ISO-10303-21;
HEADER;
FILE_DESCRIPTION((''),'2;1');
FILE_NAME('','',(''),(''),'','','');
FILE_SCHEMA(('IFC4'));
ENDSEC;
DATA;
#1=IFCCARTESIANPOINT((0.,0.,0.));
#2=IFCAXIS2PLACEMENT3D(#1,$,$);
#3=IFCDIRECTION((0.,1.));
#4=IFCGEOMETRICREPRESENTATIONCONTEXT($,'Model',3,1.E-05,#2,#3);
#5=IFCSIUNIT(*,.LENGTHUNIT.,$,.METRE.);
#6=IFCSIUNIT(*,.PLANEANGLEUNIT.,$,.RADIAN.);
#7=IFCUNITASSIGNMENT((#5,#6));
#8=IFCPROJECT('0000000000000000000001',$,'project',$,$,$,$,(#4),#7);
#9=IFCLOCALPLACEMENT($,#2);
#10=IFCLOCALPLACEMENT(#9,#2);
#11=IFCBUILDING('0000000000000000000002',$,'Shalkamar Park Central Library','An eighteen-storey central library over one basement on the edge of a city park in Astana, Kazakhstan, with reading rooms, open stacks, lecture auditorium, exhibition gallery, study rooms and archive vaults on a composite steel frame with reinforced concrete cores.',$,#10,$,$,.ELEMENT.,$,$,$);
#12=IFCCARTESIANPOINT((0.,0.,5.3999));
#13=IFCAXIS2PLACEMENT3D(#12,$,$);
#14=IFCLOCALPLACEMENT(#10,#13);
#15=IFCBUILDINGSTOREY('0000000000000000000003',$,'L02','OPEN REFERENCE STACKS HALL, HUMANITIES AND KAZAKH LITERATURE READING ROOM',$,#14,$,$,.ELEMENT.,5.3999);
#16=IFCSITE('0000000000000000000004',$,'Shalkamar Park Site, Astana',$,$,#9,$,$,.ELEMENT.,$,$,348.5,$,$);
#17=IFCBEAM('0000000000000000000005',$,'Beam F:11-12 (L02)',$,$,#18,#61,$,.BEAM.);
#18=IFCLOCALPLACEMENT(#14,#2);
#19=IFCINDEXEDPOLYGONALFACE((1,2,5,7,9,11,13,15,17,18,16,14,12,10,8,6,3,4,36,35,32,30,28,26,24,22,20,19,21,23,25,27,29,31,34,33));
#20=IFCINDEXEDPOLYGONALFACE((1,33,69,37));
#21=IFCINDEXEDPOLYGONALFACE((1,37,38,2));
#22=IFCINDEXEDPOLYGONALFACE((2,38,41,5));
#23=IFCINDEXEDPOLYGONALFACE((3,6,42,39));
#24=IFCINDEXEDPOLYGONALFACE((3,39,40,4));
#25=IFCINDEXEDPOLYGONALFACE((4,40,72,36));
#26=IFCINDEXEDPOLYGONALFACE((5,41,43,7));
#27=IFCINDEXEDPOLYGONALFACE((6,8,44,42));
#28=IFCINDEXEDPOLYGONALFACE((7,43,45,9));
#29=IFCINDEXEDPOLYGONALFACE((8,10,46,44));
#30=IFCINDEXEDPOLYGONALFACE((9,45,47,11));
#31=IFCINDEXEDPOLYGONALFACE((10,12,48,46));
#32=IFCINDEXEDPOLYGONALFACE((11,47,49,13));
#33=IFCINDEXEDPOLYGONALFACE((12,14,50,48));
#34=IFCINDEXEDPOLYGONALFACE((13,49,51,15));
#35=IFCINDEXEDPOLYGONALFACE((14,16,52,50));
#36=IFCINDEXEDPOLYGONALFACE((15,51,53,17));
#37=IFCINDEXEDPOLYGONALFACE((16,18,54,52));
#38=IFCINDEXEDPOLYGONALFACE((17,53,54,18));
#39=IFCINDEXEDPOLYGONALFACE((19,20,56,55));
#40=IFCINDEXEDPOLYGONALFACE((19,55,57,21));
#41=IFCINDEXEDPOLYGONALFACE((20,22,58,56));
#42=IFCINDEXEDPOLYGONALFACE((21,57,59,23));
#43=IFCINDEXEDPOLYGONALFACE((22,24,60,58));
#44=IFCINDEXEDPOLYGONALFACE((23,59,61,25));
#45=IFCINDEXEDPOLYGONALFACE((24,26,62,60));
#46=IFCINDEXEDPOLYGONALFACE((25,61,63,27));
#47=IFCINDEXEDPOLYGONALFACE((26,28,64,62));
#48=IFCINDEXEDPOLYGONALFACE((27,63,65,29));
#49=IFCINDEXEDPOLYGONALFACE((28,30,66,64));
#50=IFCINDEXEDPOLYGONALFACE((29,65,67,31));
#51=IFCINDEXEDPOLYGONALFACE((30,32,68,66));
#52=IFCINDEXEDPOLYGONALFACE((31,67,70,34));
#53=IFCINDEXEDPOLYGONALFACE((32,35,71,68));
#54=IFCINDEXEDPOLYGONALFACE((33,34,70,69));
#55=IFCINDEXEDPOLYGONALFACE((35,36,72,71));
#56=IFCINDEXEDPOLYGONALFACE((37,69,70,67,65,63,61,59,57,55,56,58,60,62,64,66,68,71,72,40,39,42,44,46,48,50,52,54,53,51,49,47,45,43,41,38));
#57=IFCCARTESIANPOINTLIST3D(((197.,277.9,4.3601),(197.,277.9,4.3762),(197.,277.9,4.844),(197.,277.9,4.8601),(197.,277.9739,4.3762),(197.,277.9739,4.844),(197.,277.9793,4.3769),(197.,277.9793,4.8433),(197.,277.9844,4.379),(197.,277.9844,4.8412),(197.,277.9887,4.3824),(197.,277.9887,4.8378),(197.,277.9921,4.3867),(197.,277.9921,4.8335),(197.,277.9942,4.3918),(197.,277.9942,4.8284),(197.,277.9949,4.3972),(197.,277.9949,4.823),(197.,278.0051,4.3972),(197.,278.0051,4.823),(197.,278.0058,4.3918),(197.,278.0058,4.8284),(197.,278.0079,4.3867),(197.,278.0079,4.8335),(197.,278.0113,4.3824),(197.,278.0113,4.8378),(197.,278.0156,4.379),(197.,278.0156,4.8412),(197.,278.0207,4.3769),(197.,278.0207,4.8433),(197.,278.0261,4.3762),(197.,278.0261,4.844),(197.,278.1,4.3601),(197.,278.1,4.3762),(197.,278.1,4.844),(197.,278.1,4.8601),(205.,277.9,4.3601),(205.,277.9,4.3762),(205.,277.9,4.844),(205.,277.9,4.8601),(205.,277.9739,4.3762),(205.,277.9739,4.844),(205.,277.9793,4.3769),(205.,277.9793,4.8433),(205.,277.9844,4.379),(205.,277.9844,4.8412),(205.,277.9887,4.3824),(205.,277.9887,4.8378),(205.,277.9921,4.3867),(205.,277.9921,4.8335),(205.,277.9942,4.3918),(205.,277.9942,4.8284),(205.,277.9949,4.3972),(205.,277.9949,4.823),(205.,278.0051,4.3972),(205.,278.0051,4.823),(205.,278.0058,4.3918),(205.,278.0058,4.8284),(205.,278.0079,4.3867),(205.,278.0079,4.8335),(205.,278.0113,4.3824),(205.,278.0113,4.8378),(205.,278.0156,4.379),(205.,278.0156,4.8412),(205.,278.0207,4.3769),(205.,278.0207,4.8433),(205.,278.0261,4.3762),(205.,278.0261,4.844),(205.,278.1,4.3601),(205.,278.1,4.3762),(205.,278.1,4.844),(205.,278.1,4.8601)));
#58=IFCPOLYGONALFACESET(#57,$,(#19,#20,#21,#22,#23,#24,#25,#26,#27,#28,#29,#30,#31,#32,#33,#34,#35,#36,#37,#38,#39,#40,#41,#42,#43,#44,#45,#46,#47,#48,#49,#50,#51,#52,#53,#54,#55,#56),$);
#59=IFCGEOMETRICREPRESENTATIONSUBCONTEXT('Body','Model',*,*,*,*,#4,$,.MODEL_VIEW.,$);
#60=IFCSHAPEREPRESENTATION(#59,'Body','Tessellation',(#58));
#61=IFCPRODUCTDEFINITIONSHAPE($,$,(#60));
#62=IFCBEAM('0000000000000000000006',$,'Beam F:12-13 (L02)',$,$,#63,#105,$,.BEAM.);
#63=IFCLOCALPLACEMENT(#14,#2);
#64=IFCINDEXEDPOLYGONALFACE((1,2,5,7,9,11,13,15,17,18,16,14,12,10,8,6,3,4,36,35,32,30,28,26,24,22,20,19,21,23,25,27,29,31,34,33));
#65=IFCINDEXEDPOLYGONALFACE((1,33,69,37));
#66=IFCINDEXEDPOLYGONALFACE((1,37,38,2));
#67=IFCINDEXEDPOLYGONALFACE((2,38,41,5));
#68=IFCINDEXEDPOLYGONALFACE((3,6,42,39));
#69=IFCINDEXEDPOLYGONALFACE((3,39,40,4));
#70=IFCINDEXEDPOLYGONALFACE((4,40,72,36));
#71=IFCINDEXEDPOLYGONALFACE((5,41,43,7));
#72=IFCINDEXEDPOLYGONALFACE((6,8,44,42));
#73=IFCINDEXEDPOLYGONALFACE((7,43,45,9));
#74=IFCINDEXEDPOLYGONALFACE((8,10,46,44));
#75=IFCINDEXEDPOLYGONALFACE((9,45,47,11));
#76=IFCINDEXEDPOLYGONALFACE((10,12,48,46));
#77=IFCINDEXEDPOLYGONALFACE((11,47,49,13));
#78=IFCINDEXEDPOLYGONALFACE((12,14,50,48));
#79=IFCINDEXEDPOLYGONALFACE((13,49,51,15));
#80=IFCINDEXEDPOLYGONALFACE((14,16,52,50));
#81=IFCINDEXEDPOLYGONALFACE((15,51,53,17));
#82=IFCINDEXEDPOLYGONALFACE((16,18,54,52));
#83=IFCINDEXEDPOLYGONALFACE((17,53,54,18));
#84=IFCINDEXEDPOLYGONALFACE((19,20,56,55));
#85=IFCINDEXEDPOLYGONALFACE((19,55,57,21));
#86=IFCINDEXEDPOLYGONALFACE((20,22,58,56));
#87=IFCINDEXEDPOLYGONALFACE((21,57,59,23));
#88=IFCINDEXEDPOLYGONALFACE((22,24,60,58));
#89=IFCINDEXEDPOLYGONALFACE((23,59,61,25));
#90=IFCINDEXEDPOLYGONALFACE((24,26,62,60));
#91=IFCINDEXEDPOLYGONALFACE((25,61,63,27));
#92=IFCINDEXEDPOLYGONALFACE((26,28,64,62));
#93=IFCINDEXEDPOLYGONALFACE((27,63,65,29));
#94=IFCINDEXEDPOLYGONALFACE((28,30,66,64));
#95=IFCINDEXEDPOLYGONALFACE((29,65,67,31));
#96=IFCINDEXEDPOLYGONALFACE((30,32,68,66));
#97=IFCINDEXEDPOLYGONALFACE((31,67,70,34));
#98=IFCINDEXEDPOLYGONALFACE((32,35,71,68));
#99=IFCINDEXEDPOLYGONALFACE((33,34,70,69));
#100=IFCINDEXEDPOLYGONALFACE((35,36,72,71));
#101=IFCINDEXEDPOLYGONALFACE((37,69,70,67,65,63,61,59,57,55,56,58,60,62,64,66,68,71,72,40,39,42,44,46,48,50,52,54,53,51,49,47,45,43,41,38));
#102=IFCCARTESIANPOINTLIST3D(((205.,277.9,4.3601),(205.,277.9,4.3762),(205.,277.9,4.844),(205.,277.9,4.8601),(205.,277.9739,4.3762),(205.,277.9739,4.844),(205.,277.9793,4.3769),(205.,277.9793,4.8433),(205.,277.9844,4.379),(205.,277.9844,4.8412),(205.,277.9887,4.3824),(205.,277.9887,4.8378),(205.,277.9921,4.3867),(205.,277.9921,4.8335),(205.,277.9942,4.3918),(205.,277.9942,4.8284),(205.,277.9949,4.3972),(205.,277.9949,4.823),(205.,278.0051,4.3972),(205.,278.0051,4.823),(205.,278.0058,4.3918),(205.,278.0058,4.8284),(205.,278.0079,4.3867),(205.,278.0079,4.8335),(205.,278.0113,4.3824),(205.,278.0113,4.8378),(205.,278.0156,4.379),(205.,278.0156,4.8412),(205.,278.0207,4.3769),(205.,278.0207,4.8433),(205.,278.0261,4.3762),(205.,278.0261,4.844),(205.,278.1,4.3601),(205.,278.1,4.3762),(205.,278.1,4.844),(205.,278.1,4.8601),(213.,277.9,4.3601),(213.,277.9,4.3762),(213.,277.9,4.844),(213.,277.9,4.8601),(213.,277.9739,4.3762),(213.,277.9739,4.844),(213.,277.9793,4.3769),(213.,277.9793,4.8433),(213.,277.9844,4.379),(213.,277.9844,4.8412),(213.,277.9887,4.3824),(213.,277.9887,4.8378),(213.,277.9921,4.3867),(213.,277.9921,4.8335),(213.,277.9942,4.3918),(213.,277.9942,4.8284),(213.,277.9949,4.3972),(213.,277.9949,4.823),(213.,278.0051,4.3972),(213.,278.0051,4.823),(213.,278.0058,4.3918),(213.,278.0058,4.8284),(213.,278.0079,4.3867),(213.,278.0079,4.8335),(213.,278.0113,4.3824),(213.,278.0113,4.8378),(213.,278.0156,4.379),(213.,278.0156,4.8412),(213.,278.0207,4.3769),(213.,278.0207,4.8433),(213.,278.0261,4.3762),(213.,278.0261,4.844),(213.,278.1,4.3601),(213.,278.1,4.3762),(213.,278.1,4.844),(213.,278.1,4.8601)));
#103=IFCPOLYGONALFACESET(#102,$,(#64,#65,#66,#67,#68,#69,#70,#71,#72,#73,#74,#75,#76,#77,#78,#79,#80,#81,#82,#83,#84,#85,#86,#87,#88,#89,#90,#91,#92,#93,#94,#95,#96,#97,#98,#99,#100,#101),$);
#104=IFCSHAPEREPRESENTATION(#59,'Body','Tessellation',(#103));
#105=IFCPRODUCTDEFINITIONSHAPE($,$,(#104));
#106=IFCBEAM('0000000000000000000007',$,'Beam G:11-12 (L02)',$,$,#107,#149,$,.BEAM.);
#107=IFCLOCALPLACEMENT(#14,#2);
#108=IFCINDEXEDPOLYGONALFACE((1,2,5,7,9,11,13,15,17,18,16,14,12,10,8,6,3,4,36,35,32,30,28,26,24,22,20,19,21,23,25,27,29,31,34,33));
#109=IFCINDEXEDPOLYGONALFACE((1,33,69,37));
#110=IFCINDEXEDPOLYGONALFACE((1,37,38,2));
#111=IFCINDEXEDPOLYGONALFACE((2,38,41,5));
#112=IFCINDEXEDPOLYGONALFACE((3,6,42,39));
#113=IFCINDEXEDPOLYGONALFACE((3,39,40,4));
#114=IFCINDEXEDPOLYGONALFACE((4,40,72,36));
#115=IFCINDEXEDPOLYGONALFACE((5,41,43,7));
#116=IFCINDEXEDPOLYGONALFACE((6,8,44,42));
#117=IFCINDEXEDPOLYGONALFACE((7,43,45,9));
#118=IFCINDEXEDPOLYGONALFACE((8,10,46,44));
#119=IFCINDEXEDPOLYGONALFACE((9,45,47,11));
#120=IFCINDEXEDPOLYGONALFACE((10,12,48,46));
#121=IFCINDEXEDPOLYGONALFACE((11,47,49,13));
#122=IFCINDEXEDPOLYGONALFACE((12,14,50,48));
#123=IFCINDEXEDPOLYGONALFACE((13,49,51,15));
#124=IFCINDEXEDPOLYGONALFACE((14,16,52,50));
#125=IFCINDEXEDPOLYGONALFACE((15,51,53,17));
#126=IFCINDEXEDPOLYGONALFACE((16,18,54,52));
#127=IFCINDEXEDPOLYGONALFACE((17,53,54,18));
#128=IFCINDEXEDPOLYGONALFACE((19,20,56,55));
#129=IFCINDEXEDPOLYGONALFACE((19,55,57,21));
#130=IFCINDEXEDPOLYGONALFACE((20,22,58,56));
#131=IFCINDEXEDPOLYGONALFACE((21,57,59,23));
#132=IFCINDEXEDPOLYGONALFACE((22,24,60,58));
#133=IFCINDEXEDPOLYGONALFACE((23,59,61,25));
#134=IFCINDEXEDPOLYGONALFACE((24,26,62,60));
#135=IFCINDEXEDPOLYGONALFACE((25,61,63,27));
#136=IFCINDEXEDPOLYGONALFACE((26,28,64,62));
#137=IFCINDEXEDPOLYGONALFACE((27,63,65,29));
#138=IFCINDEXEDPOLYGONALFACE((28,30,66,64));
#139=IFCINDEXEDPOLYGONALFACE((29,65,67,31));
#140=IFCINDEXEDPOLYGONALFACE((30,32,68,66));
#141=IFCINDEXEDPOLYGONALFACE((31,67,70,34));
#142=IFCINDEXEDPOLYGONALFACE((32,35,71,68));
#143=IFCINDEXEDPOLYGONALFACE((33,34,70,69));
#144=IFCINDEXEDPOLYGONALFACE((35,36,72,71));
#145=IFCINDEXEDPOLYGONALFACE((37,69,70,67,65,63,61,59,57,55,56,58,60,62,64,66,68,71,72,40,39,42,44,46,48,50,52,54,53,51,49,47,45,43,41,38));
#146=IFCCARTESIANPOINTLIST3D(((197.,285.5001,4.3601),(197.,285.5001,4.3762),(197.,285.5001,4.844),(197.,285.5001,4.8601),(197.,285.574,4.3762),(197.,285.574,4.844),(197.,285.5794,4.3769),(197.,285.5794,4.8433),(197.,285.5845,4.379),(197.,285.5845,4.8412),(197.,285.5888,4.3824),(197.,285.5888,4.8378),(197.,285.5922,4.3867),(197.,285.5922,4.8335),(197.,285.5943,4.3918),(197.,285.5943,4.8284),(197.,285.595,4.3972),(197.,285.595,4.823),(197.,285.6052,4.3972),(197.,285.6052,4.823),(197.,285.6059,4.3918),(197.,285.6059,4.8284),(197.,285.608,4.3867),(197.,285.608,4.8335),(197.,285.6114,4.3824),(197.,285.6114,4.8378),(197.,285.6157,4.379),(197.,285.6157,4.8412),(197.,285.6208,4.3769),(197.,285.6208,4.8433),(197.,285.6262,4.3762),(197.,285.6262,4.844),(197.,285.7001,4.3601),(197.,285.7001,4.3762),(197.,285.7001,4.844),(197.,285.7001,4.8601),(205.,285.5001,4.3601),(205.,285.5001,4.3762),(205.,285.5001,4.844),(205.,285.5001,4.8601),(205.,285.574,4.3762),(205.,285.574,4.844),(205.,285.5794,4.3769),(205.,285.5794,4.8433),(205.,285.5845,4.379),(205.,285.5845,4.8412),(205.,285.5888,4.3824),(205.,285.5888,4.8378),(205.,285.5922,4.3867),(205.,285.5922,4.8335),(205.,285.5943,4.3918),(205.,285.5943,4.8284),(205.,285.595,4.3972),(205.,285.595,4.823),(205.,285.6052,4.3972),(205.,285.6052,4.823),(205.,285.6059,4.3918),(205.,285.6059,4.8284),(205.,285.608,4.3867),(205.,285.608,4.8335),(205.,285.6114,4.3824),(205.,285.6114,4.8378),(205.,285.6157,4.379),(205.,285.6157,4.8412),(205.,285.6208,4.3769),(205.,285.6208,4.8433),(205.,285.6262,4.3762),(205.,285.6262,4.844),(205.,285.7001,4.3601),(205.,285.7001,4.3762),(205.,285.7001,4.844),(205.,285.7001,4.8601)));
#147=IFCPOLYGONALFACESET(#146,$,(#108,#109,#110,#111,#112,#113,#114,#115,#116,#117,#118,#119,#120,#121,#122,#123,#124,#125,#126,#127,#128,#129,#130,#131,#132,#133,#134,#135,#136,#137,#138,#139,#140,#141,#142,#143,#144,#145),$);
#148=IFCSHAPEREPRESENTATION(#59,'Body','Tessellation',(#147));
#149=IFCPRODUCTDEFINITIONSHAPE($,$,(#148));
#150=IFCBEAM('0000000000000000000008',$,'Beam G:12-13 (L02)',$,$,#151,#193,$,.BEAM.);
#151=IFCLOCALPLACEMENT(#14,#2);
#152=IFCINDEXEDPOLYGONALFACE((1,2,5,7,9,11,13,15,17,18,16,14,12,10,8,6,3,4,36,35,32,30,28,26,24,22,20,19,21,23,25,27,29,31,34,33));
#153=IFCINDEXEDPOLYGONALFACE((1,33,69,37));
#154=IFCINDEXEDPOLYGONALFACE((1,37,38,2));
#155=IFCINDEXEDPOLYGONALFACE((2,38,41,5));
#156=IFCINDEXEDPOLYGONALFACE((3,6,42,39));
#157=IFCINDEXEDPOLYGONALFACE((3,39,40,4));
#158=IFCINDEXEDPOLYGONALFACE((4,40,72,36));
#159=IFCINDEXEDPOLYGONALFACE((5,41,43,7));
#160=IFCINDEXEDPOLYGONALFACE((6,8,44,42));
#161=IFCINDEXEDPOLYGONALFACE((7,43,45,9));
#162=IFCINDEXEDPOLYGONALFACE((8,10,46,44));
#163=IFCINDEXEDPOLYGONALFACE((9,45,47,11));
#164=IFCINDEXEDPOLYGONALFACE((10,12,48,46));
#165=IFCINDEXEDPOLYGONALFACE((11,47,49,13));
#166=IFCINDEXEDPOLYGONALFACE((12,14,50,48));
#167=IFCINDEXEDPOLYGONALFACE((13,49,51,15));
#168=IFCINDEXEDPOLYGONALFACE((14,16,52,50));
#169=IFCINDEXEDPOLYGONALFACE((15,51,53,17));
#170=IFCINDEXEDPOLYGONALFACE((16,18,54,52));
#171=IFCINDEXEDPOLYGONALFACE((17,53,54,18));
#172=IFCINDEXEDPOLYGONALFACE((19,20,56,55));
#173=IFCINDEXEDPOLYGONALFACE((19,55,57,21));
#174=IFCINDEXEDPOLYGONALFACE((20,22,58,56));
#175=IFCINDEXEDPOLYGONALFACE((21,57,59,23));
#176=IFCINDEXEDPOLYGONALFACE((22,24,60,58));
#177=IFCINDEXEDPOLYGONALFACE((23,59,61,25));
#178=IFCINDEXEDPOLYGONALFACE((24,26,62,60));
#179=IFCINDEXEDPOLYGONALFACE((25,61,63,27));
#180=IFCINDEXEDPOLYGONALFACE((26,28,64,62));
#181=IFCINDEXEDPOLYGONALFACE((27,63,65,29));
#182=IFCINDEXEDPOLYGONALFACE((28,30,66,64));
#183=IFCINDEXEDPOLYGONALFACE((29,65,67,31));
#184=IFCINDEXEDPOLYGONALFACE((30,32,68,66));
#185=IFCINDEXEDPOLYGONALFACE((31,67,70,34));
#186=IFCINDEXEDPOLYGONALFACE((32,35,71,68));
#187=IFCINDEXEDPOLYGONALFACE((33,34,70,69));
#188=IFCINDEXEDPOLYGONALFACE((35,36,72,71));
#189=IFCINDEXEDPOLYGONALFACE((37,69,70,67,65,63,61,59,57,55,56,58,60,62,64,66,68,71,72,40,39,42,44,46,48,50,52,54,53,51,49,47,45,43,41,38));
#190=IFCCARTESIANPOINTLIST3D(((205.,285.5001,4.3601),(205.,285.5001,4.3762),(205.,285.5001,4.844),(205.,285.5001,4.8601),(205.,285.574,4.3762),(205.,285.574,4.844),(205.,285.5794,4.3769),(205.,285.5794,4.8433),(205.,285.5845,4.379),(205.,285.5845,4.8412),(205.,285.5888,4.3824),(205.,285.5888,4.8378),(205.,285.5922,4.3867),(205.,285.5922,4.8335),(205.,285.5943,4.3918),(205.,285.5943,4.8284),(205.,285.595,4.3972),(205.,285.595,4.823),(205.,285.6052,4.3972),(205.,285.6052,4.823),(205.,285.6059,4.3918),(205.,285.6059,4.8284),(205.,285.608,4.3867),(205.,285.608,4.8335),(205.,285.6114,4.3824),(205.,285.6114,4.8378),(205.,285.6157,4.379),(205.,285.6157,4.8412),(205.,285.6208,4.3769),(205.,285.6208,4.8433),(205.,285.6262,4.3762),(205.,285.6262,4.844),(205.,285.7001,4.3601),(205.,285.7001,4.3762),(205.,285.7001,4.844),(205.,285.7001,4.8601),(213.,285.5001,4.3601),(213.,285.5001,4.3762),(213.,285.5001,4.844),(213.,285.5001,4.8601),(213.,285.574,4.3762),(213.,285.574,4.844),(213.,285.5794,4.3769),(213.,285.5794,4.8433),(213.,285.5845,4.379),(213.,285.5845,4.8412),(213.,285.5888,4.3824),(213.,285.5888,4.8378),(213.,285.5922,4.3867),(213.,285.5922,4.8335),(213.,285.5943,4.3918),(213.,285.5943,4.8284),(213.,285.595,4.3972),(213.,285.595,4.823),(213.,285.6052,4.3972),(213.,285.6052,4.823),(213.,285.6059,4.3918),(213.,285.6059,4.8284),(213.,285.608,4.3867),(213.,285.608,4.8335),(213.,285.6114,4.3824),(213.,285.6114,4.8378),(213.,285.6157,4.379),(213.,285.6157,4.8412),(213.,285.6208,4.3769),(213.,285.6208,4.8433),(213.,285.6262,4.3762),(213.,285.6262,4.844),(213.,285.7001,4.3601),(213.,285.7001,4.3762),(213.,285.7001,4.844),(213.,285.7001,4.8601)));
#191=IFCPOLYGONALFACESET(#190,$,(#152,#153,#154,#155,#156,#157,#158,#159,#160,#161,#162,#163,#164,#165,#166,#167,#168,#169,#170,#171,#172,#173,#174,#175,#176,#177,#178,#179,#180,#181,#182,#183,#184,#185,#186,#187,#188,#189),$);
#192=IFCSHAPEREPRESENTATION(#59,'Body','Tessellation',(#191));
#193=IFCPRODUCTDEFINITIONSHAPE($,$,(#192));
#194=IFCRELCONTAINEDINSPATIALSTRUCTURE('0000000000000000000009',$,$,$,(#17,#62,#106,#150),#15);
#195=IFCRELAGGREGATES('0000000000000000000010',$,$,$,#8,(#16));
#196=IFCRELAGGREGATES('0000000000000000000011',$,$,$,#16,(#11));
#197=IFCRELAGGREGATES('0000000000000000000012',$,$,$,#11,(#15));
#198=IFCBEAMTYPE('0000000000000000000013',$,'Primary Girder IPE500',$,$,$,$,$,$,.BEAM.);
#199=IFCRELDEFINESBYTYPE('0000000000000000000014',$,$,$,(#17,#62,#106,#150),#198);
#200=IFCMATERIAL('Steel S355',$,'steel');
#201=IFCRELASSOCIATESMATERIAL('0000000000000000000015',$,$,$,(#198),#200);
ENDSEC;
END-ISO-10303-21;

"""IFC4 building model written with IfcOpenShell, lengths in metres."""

from ifc_helpers import new_model, si_unit, direction, frame, origin, origin_2d, place, context, subcontext, project, spatial, i_section, extrude, material, material_profile, profile_set, type_object, element, save


model = new_model("IFC4")

# Units and contexts
model_context = context("Model", 3, precision=1e-05, world=origin(), true_north=direction((0.0, 1.0)))
body_context = subcontext(model_context, "Body", "Model", "MODEL_VIEW")
ifc_project = project(units=[si_unit("LENGTHUNIT", "METRE"), si_unit("PLANEANGLEUNIT", "RADIAN")], contexts=[model_context])

# Site, building, storey
site_placement = place(None, origin())
site = spatial("IfcSite", under=ifc_project, at=site_placement, Name="Shalkamar Park Site, Astana", CompositionType="ELEMENT", RefElevation=348.5)
building_placement = place(site_placement, origin())
building = spatial("IfcBuilding", under=site, at=building_placement, Name="Shalkamar Park Central Library", Description="An eighteen-storey central library over one basement on the edge of a city park in Astana, Kazakhstan, with reading rooms, open stacks, lecture auditorium, exhibition gallery, study rooms and archive vaults on a composite steel frame with reinforced concrete cores.", CompositionType="ELEMENT")
storey_placement = place(building_placement, frame((0.0, 0.0, 5.3999)))
storey = spatial("IfcBuildingStorey", under=building, at=storey_placement, Name="L02", Description="OPEN REFERENCE STACKS HALL, HUMANITIES AND KAZAKH LITERATURE READING ROOM", CompositionType="ELEMENT", Elevation=5.3999)

# Shared definitions
ifc_material = material(Name="Steel S355", Category="steel")

# Beams
ifc_material_profile_1 = material_profile(ifc_material, i_section(OverallWidth=0.2, OverallDepth=0.5, WebThickness=0.0103, FlangeThickness=0.0161, FilletRadius=0.021, at=origin_2d()), Name="IPE 500")
ifc_profile_set_1 = profile_set([ifc_material_profile_1], Name="Steel S355")
beam_type_1 = type_object("IfcBeamType", Name="Primary Girder IPE500", PredefinedType="BEAM", material=ifc_profile_set_1)
for number, where, z_axis, x_axis, name in (
    (1, (197.0, 278.0, 4.6101), (1.0, 0.0, 0.0), (0.0, 1.0, 0.0), "Beam F:11-12 (L02)"),
    (2, (205.0, 278.0, 4.6101), (1.0, 0.0, 0.0), (0.0, 1.0, 0.0), "Beam F:12-13 (L02)"),
    (3, (197.0, 285.6001, 4.6101), (1.0, 0.0, 0.0), (0.0, 1.0, 0.0), "Beam G:11-12 (L02)"),
    (4, (205.0, 285.6001, 4.6101), (1.0, 0.0, 0.0), (0.0, 1.0, 0.0), "Beam G:12-13 (L02)"),
):
    element("IfcBeam", number, at=place(storey_placement, frame(where, z_axis=z_axis, x_axis=x_axis)), inside=storey, type_object=beam_type_1, Name=name, PredefinedType="BEAM", context=body_context, shape_type="SweptSolid", body=[
        extrude(i_section(OverallWidth=0.2, OverallDepth=0.5, WebThickness=0.0103, FlangeThickness=0.0161, FilletRadius=0.021, at=origin_2d()), origin(), (0.0, 0.0, 1.0), 8.0),
    ])

save(model, "model.ifc")
